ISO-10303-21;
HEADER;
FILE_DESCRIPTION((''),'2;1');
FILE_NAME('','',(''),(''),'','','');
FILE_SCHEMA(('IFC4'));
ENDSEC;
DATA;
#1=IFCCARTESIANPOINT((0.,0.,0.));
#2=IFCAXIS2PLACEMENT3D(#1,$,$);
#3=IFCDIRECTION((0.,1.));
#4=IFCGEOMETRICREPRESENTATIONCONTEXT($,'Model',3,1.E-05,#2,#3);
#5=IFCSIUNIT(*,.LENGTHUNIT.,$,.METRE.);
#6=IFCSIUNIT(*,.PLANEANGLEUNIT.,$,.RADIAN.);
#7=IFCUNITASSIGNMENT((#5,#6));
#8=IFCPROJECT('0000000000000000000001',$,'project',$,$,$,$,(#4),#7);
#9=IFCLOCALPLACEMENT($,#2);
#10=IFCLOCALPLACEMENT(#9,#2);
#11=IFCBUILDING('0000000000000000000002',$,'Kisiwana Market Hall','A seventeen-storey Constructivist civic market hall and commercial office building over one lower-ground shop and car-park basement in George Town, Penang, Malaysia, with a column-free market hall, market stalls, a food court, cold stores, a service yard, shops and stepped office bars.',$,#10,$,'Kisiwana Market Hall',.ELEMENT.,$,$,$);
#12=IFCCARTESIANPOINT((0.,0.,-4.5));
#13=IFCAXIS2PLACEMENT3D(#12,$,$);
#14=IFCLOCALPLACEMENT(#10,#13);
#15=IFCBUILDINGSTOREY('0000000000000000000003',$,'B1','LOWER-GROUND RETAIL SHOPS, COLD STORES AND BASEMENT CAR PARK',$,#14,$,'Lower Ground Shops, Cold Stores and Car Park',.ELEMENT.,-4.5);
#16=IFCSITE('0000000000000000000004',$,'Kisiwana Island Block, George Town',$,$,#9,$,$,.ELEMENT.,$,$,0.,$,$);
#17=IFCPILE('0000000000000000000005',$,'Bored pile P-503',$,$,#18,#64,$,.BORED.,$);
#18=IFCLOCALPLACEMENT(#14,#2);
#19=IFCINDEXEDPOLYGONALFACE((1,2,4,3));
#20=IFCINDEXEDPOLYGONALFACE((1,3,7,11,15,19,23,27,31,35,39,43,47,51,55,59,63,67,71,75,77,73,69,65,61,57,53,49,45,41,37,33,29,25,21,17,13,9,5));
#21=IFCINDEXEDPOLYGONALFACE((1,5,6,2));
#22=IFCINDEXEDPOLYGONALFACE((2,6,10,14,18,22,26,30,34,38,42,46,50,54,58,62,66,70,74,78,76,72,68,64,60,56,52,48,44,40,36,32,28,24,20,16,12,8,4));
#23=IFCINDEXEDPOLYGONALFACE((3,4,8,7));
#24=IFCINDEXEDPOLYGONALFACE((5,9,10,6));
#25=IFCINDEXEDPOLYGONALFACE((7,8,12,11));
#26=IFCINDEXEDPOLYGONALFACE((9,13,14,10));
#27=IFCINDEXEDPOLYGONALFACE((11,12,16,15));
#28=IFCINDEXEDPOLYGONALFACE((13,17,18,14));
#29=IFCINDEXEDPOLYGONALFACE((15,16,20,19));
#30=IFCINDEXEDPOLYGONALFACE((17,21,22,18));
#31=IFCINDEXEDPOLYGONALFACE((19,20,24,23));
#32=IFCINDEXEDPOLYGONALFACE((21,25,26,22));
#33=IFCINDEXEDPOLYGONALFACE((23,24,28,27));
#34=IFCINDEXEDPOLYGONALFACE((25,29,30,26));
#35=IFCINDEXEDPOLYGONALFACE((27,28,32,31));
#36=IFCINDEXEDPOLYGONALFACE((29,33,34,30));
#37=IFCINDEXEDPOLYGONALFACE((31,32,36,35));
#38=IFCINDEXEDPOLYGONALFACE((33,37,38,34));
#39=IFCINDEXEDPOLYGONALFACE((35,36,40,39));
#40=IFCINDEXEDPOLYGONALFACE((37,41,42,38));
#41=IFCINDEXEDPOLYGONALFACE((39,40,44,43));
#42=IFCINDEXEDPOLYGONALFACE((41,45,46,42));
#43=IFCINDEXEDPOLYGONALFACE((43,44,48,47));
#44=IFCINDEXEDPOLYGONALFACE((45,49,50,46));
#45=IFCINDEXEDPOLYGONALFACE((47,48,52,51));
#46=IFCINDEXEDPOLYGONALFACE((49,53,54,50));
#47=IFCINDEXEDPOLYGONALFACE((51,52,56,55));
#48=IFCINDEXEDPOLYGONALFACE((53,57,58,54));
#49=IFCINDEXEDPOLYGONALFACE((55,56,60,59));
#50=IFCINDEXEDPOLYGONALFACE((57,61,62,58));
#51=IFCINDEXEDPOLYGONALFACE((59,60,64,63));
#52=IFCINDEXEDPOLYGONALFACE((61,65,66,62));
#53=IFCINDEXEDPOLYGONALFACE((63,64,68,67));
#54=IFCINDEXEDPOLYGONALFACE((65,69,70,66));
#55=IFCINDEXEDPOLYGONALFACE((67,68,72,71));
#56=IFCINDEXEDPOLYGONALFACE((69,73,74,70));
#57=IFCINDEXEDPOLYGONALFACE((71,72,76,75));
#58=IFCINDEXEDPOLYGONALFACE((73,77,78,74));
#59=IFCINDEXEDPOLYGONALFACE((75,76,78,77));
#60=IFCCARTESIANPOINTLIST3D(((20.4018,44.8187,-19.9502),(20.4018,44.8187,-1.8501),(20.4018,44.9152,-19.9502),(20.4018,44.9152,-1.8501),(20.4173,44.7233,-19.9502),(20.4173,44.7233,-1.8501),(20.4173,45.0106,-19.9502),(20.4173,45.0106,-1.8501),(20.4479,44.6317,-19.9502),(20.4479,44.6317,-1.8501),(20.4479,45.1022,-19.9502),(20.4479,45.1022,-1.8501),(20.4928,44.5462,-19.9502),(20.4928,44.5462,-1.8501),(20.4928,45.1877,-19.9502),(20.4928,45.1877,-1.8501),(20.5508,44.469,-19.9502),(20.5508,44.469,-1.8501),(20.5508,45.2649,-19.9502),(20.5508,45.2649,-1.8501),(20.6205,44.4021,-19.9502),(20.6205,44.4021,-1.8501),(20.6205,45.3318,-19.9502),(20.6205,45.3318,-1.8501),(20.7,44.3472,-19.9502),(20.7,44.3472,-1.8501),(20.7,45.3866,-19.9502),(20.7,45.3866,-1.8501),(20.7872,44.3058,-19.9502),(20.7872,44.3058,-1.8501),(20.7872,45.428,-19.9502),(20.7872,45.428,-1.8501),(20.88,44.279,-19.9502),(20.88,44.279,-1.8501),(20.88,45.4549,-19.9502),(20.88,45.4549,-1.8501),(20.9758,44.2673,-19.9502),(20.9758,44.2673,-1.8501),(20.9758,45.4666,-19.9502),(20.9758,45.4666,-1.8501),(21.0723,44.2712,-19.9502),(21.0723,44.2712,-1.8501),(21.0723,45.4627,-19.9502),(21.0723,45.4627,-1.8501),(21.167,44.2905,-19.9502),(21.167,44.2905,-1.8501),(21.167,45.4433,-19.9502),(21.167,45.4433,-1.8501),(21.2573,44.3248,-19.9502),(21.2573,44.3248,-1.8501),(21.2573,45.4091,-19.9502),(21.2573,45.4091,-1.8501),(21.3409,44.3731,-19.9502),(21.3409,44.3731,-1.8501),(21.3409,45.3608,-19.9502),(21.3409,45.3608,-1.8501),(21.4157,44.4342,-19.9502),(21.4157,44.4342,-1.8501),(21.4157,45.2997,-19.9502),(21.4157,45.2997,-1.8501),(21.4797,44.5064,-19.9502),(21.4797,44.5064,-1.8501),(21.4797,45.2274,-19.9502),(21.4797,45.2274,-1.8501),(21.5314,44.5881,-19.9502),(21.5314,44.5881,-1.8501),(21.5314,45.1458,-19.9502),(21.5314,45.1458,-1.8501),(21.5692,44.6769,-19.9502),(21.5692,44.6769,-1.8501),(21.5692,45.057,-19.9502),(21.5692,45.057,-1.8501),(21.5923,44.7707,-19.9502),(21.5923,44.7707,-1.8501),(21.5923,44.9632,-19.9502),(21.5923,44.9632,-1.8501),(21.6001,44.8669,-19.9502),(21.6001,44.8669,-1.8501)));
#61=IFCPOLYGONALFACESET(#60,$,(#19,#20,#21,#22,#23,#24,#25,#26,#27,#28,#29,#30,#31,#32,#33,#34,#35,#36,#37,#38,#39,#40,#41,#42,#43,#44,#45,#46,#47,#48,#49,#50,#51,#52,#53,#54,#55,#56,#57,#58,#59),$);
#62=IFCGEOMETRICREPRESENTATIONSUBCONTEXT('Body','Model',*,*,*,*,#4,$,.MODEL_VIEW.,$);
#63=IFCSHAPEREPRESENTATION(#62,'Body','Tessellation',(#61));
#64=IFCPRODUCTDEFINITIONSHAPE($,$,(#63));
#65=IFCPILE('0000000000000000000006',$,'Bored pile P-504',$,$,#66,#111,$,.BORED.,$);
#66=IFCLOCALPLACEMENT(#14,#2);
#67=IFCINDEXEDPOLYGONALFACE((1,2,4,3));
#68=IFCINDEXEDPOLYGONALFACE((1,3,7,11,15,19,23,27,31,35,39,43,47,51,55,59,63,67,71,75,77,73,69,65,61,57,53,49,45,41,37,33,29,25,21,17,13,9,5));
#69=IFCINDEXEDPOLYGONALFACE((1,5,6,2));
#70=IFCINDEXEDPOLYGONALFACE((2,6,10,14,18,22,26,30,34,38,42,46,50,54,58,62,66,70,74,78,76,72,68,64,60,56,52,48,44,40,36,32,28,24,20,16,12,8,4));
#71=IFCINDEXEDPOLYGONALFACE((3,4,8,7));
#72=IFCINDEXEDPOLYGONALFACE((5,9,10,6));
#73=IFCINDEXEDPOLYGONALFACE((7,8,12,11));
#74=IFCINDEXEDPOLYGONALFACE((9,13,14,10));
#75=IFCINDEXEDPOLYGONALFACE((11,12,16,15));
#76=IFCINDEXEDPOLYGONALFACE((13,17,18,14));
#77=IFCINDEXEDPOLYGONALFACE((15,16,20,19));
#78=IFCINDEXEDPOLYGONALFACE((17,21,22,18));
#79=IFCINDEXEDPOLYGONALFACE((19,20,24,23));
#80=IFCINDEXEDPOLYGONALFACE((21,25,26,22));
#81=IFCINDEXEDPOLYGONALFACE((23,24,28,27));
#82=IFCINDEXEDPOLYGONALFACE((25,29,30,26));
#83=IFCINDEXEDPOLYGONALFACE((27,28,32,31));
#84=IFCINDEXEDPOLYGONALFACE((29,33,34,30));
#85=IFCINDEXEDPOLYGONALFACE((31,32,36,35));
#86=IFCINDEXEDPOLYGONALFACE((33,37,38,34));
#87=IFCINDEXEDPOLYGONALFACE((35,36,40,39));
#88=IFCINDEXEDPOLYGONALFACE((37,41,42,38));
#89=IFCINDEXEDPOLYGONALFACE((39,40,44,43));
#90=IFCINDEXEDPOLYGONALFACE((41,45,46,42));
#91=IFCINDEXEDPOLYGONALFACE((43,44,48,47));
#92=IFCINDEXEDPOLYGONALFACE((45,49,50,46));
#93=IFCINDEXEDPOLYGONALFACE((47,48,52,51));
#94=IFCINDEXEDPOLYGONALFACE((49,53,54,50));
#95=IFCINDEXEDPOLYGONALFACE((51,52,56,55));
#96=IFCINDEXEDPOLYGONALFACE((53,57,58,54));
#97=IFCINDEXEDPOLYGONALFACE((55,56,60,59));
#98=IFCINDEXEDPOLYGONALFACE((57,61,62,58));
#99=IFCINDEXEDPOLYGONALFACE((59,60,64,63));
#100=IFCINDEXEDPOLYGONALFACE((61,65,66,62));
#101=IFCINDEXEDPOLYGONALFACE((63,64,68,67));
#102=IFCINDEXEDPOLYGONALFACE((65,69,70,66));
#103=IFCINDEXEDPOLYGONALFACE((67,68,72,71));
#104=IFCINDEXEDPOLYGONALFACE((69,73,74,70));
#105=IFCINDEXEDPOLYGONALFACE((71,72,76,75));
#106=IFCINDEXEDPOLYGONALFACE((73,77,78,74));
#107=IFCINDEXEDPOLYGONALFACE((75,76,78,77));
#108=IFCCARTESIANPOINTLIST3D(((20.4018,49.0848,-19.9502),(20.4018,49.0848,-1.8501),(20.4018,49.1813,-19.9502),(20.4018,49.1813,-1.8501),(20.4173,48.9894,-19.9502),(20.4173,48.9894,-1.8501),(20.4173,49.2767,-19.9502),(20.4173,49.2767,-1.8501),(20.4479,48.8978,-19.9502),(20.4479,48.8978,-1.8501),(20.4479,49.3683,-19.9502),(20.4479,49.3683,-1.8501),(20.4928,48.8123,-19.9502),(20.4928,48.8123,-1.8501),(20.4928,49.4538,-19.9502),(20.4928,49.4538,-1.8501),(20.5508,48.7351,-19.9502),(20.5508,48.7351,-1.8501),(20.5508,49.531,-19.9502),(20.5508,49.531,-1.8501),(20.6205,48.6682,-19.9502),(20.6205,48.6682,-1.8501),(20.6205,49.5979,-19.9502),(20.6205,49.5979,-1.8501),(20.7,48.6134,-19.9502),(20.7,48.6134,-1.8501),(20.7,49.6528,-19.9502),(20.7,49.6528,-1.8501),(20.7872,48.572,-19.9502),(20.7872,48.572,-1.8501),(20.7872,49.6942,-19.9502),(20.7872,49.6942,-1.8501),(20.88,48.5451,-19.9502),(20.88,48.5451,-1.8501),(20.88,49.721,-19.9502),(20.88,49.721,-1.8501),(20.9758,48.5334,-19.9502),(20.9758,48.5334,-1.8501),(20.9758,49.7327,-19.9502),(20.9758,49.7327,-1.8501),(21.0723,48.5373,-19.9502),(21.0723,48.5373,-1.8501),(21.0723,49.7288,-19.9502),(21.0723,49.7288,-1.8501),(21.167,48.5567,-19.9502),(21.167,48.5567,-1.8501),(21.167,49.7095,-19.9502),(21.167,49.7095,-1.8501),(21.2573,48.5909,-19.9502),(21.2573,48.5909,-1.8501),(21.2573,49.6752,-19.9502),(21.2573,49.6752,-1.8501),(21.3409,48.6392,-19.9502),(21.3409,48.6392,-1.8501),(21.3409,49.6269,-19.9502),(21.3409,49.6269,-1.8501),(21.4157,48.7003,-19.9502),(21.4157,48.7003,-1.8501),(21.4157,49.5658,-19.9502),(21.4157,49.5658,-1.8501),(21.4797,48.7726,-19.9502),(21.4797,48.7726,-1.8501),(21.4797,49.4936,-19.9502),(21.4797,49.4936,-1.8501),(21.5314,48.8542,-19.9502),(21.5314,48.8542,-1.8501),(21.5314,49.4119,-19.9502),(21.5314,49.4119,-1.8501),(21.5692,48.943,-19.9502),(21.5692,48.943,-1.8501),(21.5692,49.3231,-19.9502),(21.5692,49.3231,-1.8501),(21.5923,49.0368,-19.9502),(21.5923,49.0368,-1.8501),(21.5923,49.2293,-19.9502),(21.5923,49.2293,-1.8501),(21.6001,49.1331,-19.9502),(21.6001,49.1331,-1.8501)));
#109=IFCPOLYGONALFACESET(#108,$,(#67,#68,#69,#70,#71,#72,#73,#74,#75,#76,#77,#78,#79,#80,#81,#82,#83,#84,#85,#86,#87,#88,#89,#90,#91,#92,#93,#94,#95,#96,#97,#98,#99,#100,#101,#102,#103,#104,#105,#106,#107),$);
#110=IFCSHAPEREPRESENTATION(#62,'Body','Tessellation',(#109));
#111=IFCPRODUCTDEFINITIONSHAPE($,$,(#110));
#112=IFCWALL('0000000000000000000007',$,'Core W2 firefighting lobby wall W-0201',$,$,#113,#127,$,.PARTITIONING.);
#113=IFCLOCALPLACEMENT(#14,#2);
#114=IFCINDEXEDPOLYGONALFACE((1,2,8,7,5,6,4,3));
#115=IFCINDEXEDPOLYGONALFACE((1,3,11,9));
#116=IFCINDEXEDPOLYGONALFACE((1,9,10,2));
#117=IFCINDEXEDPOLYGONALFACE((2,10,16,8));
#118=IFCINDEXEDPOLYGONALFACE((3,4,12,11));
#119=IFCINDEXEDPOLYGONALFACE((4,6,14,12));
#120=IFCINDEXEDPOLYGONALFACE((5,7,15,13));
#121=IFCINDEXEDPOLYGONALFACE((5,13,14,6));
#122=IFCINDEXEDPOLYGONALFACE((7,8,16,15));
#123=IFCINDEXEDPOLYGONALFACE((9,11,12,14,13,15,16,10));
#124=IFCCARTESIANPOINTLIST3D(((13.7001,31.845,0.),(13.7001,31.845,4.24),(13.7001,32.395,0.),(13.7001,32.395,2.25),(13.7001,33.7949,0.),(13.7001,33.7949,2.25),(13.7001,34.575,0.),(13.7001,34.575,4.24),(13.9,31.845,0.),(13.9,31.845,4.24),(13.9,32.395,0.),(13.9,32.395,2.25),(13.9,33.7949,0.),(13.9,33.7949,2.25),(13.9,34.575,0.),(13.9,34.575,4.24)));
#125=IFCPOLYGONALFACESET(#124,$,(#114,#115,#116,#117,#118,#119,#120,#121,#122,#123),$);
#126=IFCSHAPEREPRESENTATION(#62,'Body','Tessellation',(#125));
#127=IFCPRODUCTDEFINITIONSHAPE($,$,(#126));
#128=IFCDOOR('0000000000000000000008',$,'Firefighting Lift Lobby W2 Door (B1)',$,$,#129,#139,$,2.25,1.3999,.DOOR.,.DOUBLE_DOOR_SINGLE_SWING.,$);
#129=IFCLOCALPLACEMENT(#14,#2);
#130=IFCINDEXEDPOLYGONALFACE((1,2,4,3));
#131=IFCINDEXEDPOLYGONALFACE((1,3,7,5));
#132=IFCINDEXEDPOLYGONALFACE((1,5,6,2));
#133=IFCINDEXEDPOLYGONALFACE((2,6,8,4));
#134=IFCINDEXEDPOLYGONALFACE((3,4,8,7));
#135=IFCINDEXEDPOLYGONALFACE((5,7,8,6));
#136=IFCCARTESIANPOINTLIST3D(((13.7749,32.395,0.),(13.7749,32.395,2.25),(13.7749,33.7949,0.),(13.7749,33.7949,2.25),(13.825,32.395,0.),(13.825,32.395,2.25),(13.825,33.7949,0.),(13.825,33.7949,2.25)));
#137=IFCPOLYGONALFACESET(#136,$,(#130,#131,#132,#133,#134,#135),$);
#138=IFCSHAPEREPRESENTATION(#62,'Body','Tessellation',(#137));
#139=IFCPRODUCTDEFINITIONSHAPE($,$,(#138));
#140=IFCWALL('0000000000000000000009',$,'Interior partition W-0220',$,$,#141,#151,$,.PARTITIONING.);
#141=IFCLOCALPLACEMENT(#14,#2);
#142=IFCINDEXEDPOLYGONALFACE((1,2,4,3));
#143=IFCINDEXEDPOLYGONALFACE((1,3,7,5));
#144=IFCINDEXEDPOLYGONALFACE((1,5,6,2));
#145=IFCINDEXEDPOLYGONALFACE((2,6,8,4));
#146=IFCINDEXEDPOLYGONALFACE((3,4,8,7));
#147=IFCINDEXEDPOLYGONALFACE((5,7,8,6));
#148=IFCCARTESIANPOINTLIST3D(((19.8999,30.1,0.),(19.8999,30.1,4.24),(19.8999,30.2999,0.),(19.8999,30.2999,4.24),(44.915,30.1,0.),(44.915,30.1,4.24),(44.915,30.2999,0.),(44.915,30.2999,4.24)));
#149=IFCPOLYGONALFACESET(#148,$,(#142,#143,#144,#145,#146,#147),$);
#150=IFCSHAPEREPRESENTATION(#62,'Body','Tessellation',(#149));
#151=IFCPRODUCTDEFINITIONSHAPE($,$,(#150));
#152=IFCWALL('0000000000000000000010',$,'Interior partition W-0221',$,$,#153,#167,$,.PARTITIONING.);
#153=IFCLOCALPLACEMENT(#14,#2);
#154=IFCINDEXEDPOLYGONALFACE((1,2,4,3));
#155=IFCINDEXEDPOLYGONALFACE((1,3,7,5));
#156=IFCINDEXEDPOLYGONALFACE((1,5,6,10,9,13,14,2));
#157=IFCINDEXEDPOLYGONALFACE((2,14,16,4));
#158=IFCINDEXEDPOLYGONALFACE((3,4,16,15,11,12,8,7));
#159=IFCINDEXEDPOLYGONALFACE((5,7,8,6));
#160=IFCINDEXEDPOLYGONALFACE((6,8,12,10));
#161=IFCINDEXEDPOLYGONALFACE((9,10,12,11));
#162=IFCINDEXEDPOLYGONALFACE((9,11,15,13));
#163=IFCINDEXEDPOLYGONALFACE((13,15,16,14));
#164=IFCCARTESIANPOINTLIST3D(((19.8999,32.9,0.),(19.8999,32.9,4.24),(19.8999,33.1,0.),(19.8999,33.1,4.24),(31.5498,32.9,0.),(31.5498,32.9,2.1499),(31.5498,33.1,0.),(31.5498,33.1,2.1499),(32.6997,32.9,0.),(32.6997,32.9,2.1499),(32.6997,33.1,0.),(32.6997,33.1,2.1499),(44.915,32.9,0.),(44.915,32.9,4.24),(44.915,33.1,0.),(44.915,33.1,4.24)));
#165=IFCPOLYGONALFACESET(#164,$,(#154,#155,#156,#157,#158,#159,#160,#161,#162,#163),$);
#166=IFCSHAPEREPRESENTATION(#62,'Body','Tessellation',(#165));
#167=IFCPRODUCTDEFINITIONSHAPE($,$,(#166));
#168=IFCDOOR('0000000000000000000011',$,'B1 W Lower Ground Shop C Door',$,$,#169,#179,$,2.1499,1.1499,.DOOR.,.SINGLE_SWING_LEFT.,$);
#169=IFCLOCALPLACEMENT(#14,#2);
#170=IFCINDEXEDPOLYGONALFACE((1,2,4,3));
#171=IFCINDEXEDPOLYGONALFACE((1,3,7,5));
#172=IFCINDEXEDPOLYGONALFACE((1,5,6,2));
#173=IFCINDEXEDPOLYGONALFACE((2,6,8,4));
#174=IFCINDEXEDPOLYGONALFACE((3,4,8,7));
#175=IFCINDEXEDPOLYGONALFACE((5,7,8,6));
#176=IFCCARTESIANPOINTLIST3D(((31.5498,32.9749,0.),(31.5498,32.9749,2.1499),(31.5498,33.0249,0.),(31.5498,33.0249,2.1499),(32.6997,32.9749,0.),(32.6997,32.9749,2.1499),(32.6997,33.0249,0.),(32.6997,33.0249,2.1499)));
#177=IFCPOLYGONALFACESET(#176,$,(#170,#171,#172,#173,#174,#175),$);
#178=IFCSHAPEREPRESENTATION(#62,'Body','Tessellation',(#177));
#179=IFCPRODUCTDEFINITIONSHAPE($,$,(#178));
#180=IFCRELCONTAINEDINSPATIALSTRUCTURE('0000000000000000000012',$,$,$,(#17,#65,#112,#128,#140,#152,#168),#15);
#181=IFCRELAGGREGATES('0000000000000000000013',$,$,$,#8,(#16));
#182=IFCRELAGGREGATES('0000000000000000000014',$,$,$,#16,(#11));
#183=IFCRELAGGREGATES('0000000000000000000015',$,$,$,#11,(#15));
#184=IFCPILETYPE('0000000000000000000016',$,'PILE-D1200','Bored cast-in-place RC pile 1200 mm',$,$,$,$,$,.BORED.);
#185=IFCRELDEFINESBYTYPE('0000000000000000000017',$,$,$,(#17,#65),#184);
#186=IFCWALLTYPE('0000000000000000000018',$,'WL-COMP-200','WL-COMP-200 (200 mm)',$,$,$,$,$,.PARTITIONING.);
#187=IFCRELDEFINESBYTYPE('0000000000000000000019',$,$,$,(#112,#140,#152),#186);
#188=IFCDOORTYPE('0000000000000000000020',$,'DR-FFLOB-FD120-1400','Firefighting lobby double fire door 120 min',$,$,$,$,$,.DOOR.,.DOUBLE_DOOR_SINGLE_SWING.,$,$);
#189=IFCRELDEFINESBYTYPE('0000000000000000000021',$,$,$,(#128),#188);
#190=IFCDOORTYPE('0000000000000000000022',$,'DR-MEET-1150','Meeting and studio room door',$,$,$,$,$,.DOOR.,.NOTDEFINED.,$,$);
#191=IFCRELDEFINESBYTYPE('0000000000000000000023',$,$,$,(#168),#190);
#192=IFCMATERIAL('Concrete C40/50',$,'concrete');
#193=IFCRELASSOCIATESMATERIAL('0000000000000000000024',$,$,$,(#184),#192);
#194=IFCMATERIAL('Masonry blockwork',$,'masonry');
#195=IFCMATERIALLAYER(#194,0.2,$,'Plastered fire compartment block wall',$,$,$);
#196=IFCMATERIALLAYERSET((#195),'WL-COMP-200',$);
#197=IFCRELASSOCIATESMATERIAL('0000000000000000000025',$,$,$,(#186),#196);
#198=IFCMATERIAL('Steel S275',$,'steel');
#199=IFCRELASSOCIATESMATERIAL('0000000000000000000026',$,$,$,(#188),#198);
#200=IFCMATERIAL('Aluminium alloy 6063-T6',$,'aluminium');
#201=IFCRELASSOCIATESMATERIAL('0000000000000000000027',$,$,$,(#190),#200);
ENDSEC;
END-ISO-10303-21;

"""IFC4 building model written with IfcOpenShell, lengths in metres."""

from ifc_helpers import new_model, si_unit, direction, frame, frame_2d, origin, origin_2d, place, context, subcontext, project, spatial, rectangle, circle, extrude, material, layer, layer_set, material_profile, profile_set, type_object, element, fill, save


model = new_model("IFC4")

# Units and contexts
model_context = context("Model", 3, precision=1e-05, world=origin(), true_north=direction((0.0, 1.0)))
body_context = subcontext(model_context, "Body", "Model", "MODEL_VIEW")
ifc_project = project(units=[si_unit("LENGTHUNIT", "METRE"), si_unit("PLANEANGLEUNIT", "RADIAN")], contexts=[model_context])

# Site, building, storey
site_placement = place(None, origin())
site = spatial("IfcSite", under=ifc_project, at=site_placement, Name="Kisiwana Island Block, George Town", CompositionType="ELEMENT", RefElevation=0.0)
building_placement = place(site_placement, origin())
building = spatial("IfcBuilding", under=site, at=building_placement, Name="Kisiwana Market Hall", Description="A seventeen-storey Constructivist civic market hall and commercial office building over one lower-ground shop and car-park basement in George Town, Penang, Malaysia, with a column-free market hall, market stalls, a food court, cold stores, a service yard, shops and stepped office bars.", LongName="Kisiwana Market Hall", CompositionType="ELEMENT")
storey_placement = place(building_placement, frame((0.0, 0.0, -4.5)))
storey = spatial("IfcBuildingStorey", under=building, at=storey_placement, Name="B1", Description="LOWER-GROUND RETAIL SHOPS, COLD STORES AND BASEMENT CAR PARK", LongName="Lower Ground Shops, Cold Stores and Car Park", CompositionType="ELEMENT", Elevation=-4.5)

# Piles
ifc_material_1 = material(Name="Concrete C40/50", Category="concrete")
ifc_material_profile = material_profile(ifc_material_1, circle(Radius=0.6001, at=origin_2d()), Name="BP D1200")
ifc_profile_set = profile_set([ifc_material_profile], Name="Concrete C40/50")
pile_type = type_object("IfcPileType", Name="PILE-D1200", Description="Bored cast-in-place RC pile 1200 mm", PredefinedType="BORED", material=ifc_profile_set)
for number, where, z_axis, x_axis, name in (
    (1, (21.0, 44.8669, -1.8501), (0.0, 0.0, -1.0), (1.0, 0.0, 0.0), "Bored pile P-503"),
    (2, (21.0, 49.1331, -1.8501), (0.0, 0.0, -1.0), (1.0, 0.0, 0.0), "Bored pile P-504"),
):
    element("IfcPile", number, at=place(storey_placement, frame(where, z_axis=z_axis, x_axis=x_axis)), inside=storey, type_object=pile_type, Name=name, PredefinedType="BORED", context=body_context, shape_type="SweptSolid", body=[
        extrude(circle(Radius=0.6001, at=origin_2d()), origin(), (0.0, 0.0, 1.0), 18.1001),
    ])

# Wall, opening, door
ifc_material_2 = material(Name="Masonry blockwork", Category="masonry")
ifc_layer_1 = layer(ifc_material_2, 0.2, Name="Plastered fire compartment block wall")
ifc_layer_set_1 = layer_set([ifc_layer_1], Name="WL-COMP-200")
wall_type_1 = type_object("IfcWallType", Name="WL-COMP-200", Description="WL-COMP-200 (200 mm)", PredefinedType="PARTITIONING", material=ifc_layer_set_1)
wall_1_placement = place(storey_placement, frame((13.8, 31.845, 0.0), z_axis=(0.0, 0.0, 1.0), x_axis=(0.0, 1.0, 0.0)))
wall_1 = element("IfcWall", 3, at=wall_1_placement, inside=storey, type_object=wall_type_1, Name="Core W2 firefighting lobby wall W-0201", PredefinedType="PARTITIONING", context=body_context, shape_type="SweptSolid", body=[
    extrude(rectangle(XDim=2.73, YDim=0.2, at=frame_2d((1.365, 0.0))), origin(), (0.0, 0.0, 1.0), 4.24),
])
opening_1_placement = place(wall_1_placement, frame((0.55, 0.0, 0.0)))
opening_1 = element("IfcOpeningElement", 4, at=opening_1_placement, cuts=wall_1, PredefinedType="OPENING", context=body_context, shape_type="SweptSolid", body=[
    extrude(rectangle(XDim=1.3999, YDim=2.25, at=frame_2d((0.7, 1.125))), frame((0.0, 0.1118, 0.0), z_axis=(0.0, -1.0, 0.0), x_axis=(1.0, 0.0, 0.0)), (0.0, 0.0, 1.0), 0.2239),
])
ifc_material_3 = material(Name="Steel S275", Category="steel")
door_type_1 = type_object("IfcDoorType", Name="DR-FFLOB-FD120-1400", Description="Firefighting lobby double fire door 120 min", OperationType="DOUBLE_DOOR_SINGLE_SWING", PredefinedType="DOOR", material=ifc_material_3)
door_1_placement = place(opening_1_placement, frame((1.3999, 0.0, 0.0), z_axis=(0.0, 0.0, 1.0), x_axis=(-1.0, 0.0, 0.0)))
door_1 = element("IfcDoor", 5, at=door_1_placement, inside=storey, type_object=door_type_1, Name="Firefighting Lift Lobby W2 Door (B1)", OperationType="DOUBLE_DOOR_SINGLE_SWING", OverallHeight=2.25, OverallWidth=1.3999, PredefinedType="DOOR", context=body_context, shape_type="SweptSolid", body=[
    extrude(rectangle(XDim=1.3999, YDim=2.25, at=frame_2d((0.7, 1.125))), frame((0.0, 0.0249, 0.0), z_axis=(0.0, -1.0, 0.0), x_axis=(1.0, 0.0, 0.0)), (0.0, 0.0, 1.0), 0.05),
])
fill(opening_1, door_1)

# Wall
wall_2_placement = place(storey_placement, frame((19.8999, 30.2, 0.0), z_axis=(0.0, 0.0, 1.0), x_axis=(1.0, 0.0, 0.0)))
element("IfcWall", 6, at=wall_2_placement, inside=storey, type_object=wall_type_1, Name="Interior partition W-0220", PredefinedType="PARTITIONING", context=body_context, shape_type="SweptSolid", body=[
    extrude(rectangle(XDim=25.0151, YDim=0.2, at=frame_2d((12.5076, 0.0))), origin(), (0.0, 0.0, 1.0), 4.24),
])

# Wall, opening, door
wall_3_placement = place(storey_placement, frame((19.8999, 33.0, 0.0), z_axis=(0.0, 0.0, 1.0), x_axis=(1.0, 0.0, 0.0)))
wall_3 = element("IfcWall", 7, at=wall_3_placement, inside=storey, type_object=wall_type_1, Name="Interior partition W-0221", PredefinedType="PARTITIONING", context=body_context, shape_type="SweptSolid", body=[
    extrude(rectangle(XDim=25.0151, YDim=0.2, at=frame_2d((12.5076, 0.0))), origin(), (0.0, 0.0, 1.0), 4.24),
])
opening_2_placement = place(wall_3_placement, frame((11.6499, 0.0, 0.0)))
opening_2 = element("IfcOpeningElement", 8, at=opening_2_placement, cuts=wall_3, PredefinedType="OPENING", context=body_context, shape_type="SweptSolid", body=[
    extrude(rectangle(XDim=1.1499, YDim=2.1499, at=frame_2d((0.575, 1.075))), frame((0.0, 0.1118, 0.0), z_axis=(0.0, -1.0, 0.0), x_axis=(1.0, 0.0, 0.0)), (0.0, 0.0, 1.0), 0.2239),
])
ifc_material_4 = material(Name="Aluminium alloy 6063-T6", Category="aluminium")
door_type_2 = type_object("IfcDoorType", Name="DR-MEET-1150", Description="Meeting and studio room door", OperationType="NOTDEFINED", PredefinedType="DOOR", material=ifc_material_4)
door_2_placement = place(opening_2_placement, origin())
door_2 = element("IfcDoor", 9, at=door_2_placement, inside=storey, type_object=door_type_2, Name="B1 W Lower Ground Shop C Door", OperationType="SINGLE_SWING_LEFT", OverallHeight=2.1499, OverallWidth=1.1499, PredefinedType="DOOR", context=body_context, shape_type="SweptSolid", body=[
    extrude(rectangle(XDim=1.1499, YDim=2.1499, at=frame_2d((0.575, 1.075))), frame((0.0, 0.0249, 0.0), z_axis=(0.0, -1.0, 0.0), x_axis=(1.0, 0.0, 0.0)), (0.0, 0.0, 1.0), 0.05),
])
fill(opening_2, door_2)

save(model, "model.ifc")
